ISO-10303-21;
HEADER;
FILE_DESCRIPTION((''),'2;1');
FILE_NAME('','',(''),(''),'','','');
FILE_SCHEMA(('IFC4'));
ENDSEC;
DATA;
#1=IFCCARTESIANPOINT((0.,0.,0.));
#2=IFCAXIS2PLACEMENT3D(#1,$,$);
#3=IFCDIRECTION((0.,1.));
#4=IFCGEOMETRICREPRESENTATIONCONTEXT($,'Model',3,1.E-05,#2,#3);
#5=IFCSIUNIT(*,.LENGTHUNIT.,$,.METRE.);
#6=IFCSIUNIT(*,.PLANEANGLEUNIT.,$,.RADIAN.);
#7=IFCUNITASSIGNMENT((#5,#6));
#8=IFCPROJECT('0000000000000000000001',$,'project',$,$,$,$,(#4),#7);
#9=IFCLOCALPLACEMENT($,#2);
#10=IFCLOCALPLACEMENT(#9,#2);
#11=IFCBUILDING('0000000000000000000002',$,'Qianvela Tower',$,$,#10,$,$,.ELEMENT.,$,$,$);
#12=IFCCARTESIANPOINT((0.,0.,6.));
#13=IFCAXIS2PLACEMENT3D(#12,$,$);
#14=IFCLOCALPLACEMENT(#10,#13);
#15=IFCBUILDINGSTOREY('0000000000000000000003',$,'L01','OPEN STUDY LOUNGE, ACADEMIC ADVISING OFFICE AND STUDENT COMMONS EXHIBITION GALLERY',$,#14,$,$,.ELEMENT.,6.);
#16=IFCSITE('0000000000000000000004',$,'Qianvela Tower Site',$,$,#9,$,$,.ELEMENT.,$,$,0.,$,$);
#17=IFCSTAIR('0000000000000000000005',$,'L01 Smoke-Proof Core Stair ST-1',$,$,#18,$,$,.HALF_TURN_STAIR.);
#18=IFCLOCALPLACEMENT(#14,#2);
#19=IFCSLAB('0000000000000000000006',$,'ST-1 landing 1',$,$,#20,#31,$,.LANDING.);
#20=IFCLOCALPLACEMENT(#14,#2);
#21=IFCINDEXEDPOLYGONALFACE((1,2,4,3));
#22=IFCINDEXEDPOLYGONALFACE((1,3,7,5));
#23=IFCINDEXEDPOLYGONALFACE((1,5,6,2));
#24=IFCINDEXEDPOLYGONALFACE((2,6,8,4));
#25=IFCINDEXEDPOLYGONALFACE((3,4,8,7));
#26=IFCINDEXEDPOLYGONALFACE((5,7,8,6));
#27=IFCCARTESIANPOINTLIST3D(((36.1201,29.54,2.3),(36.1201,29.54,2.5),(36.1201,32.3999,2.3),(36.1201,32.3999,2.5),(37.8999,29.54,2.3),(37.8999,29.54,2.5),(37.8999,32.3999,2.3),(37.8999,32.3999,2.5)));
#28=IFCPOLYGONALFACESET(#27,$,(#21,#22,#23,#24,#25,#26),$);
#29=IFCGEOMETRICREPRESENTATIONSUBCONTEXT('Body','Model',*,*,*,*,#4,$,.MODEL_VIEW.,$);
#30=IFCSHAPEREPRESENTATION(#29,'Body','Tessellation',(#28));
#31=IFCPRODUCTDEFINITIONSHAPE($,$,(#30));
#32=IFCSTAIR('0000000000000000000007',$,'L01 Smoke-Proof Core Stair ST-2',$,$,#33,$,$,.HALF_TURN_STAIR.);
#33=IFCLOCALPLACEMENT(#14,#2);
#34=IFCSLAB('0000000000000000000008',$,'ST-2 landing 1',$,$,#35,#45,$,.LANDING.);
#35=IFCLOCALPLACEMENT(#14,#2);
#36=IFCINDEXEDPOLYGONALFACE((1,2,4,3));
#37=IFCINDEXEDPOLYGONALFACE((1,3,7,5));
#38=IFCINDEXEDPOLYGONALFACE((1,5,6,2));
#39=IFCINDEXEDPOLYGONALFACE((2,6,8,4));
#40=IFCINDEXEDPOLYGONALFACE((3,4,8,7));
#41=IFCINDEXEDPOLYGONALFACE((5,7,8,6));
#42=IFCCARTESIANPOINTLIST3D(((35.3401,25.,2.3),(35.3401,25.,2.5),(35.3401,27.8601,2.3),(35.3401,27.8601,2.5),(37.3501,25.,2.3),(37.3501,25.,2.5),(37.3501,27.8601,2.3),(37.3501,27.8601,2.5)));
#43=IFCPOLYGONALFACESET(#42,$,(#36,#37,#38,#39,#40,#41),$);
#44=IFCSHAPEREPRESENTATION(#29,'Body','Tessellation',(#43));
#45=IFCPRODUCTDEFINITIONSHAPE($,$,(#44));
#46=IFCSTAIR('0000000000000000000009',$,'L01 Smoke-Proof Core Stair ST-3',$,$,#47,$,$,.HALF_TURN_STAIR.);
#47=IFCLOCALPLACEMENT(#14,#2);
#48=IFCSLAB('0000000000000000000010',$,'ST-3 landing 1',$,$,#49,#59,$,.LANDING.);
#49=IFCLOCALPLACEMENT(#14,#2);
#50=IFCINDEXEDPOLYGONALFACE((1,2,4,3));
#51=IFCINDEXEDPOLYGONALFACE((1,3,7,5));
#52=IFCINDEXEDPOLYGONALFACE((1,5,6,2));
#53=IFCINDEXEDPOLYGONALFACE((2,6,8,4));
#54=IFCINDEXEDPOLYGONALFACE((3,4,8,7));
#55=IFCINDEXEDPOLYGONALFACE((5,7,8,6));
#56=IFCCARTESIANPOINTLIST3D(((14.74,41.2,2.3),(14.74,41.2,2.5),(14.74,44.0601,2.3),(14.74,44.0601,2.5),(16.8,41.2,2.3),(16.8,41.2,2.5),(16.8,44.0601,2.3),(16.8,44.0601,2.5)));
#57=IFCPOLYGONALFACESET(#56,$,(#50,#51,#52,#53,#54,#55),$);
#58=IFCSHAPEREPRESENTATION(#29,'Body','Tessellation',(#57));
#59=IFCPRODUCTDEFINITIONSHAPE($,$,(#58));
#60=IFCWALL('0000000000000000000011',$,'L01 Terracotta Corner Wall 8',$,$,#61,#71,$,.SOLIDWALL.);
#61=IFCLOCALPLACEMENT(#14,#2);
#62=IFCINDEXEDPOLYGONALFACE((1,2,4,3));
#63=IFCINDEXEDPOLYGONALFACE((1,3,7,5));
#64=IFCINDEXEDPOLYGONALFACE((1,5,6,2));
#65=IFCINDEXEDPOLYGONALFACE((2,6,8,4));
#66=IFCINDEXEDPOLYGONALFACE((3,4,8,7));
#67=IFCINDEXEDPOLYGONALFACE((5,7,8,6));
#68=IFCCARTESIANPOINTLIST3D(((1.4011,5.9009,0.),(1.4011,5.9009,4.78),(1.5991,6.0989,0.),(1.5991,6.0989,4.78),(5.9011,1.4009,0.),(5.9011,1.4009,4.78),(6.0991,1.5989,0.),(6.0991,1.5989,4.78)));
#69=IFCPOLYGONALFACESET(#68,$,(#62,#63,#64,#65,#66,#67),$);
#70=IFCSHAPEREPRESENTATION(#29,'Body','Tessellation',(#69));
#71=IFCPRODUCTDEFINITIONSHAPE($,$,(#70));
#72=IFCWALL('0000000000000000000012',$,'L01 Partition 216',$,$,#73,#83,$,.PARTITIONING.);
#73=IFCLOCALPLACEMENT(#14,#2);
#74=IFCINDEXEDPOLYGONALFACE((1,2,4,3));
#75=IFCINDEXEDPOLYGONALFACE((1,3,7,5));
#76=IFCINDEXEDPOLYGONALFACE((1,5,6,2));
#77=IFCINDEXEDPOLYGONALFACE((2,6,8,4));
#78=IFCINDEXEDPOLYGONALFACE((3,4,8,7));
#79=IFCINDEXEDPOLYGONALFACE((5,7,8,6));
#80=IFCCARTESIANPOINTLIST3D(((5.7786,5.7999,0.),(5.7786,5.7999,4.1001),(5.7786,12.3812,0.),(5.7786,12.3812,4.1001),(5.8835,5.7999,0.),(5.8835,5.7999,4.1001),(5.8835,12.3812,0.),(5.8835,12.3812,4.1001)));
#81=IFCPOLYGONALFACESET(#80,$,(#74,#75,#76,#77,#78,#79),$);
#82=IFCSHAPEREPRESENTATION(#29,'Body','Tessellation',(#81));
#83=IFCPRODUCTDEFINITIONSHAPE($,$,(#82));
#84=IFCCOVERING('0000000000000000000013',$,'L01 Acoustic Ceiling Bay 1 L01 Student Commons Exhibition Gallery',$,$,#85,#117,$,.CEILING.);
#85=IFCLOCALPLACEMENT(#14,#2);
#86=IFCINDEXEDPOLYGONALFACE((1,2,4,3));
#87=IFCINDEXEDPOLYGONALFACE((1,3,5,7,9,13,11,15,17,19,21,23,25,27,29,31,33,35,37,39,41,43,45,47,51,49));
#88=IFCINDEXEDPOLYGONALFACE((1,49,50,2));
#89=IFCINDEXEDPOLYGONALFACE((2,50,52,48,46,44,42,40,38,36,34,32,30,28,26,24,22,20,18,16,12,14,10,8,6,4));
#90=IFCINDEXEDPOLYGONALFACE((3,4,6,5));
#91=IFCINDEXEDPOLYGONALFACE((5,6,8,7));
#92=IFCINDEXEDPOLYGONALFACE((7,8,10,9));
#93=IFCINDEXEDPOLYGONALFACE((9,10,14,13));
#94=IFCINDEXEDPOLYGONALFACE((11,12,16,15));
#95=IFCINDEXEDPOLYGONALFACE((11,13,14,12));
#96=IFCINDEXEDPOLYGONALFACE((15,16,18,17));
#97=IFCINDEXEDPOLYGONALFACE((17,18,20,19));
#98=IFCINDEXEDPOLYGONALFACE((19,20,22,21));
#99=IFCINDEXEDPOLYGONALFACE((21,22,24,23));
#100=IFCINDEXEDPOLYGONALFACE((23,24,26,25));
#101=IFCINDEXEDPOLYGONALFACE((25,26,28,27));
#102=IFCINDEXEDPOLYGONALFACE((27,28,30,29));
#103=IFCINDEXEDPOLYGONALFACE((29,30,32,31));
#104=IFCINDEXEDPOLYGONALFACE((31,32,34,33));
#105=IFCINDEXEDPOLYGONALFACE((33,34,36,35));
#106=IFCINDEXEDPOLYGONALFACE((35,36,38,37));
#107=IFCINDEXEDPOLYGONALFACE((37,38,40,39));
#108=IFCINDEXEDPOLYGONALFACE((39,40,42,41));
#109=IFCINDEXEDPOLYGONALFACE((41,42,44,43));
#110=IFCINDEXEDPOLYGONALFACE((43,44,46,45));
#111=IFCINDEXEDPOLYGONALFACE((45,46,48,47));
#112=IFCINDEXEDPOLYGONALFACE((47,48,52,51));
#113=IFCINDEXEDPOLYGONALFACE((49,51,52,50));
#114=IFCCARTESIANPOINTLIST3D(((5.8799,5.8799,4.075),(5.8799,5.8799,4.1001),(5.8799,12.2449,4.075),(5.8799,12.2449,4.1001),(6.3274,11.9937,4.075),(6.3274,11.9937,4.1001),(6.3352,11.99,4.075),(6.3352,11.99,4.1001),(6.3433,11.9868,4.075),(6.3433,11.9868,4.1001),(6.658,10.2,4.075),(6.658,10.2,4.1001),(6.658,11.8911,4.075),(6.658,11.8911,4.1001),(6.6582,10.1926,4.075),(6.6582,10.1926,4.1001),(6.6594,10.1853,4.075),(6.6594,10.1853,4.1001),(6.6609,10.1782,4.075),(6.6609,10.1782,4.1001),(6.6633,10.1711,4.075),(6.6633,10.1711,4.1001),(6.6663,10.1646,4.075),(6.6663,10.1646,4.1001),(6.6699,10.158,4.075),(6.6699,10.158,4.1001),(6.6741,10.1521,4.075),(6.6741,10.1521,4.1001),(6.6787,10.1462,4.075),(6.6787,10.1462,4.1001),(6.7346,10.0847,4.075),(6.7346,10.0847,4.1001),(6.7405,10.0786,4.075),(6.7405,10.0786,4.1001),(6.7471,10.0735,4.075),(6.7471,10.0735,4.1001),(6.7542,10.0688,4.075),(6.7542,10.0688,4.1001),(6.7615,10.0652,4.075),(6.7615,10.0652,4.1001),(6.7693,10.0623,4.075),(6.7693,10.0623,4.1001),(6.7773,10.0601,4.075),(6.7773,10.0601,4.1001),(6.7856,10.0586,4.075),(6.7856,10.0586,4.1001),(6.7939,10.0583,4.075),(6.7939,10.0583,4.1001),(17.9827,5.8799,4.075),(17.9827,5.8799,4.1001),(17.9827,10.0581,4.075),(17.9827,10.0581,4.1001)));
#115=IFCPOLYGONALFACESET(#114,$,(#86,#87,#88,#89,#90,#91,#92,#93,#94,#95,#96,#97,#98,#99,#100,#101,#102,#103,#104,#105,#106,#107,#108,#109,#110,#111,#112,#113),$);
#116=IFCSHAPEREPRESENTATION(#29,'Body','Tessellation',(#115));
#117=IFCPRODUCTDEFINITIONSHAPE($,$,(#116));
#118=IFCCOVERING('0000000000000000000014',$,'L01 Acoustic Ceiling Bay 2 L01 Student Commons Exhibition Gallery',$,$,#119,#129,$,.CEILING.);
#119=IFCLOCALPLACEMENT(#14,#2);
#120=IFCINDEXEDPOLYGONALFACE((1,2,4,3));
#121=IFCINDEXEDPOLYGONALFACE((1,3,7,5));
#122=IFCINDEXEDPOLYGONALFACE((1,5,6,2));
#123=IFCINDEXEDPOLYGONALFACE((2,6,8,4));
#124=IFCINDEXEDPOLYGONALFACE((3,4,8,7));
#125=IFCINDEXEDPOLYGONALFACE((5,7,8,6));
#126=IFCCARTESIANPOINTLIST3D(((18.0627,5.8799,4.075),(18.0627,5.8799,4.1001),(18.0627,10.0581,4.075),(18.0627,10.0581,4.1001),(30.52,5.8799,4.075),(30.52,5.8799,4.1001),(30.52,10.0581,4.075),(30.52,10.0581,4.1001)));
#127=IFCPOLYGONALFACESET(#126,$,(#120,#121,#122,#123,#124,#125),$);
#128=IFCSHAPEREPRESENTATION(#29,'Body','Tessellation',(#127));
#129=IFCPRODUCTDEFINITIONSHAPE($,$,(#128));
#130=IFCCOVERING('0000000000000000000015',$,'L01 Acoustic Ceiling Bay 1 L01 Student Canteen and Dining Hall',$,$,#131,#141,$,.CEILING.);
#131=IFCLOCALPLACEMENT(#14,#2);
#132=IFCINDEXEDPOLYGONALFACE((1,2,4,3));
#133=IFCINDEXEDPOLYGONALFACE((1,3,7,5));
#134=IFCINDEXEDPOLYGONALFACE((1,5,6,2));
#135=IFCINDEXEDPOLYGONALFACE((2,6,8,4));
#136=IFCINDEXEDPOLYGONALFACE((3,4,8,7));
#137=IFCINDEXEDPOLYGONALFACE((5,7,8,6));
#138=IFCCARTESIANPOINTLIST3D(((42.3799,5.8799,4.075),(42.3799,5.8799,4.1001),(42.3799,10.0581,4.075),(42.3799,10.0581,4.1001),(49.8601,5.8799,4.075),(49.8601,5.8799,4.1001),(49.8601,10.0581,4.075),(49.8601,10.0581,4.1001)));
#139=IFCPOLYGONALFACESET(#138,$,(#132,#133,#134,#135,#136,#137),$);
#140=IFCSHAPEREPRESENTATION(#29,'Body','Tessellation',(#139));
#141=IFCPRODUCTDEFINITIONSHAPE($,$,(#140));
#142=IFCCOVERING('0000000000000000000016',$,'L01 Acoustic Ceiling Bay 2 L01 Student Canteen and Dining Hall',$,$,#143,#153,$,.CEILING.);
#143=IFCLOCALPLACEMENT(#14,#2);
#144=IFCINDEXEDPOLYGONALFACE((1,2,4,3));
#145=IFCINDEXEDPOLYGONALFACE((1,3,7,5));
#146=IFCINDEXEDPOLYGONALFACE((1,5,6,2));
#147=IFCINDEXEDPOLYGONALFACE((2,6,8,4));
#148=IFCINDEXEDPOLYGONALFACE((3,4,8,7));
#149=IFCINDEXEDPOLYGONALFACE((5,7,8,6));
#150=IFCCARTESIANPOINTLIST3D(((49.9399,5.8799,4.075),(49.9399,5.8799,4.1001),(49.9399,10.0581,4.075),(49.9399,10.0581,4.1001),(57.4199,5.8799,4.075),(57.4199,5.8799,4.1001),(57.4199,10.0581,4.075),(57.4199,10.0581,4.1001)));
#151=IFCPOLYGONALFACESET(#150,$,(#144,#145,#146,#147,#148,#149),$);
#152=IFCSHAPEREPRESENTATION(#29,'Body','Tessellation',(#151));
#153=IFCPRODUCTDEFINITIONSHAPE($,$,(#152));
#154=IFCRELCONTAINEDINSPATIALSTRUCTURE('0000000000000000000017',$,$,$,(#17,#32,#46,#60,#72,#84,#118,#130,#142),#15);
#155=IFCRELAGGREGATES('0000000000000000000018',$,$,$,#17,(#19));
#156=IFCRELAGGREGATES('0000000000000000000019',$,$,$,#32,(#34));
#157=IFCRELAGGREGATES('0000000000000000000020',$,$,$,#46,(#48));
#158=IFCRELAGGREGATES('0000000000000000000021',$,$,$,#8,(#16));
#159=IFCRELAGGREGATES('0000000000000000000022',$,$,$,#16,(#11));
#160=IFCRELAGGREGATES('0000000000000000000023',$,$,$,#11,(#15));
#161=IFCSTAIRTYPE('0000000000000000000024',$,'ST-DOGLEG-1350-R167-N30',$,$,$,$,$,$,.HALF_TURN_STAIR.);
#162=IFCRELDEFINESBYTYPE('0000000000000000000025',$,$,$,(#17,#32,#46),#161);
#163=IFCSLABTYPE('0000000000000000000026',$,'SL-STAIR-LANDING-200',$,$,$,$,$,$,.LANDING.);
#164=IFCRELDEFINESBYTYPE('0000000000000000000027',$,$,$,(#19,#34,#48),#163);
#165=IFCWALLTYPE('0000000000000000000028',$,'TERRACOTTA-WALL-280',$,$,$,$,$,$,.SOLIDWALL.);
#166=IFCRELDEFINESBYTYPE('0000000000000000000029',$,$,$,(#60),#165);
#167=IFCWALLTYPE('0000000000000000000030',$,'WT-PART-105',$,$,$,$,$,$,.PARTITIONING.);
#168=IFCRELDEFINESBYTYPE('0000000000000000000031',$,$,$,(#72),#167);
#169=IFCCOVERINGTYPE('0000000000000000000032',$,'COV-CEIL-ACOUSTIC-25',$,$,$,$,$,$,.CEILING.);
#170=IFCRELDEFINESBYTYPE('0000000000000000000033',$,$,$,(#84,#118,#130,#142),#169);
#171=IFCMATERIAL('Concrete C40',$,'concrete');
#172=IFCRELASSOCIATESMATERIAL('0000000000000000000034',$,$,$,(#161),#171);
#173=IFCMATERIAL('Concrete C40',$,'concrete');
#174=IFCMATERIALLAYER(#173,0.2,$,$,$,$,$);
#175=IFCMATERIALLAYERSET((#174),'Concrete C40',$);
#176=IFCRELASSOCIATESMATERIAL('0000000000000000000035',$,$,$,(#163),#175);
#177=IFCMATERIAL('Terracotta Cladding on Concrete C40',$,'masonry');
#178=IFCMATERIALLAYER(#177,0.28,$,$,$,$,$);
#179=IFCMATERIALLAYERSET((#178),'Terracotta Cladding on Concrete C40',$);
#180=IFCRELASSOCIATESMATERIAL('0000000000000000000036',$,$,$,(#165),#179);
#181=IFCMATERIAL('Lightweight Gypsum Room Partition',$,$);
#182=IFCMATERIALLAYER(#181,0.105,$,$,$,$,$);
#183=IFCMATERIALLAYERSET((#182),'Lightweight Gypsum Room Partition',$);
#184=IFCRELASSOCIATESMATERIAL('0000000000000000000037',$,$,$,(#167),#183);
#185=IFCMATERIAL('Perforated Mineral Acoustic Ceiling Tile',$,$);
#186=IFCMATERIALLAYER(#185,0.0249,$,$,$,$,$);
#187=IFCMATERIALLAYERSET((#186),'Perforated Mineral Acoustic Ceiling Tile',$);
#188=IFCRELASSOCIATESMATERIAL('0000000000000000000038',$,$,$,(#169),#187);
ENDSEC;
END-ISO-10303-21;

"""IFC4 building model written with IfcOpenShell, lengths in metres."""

from ifc_helpers import new_model, si_unit, direction, frame, frame_2d, origin, place, context, subcontext, project, spatial, polyline, rectangle, outline, extrude, material, layer, layer_set, type_object, element, aggregate, save


model = new_model("IFC4")

# Units and contexts
model_context = context("Model", 3, precision=1e-05, world=origin(), true_north=direction((0.0, 1.0)))
body_context = subcontext(model_context, "Body", "Model", "MODEL_VIEW")
ifc_project = project(units=[si_unit("LENGTHUNIT", "METRE"), si_unit("PLANEANGLEUNIT", "RADIAN")], contexts=[model_context])

# Site, building, storey
site_placement = place(None, origin())
site = spatial("IfcSite", under=ifc_project, at=site_placement, Name="Qianvela Tower Site", CompositionType="ELEMENT", RefElevation=0.0)
building_placement = place(site_placement, origin())
building = spatial("IfcBuilding", under=site, at=building_placement, Name="Qianvela Tower", CompositionType="ELEMENT")
storey_placement = place(building_placement, frame((0.0, 0.0, 6.0)))
storey = spatial("IfcBuildingStorey", under=building, at=storey_placement, Name="L01", Description="OPEN STUDY LOUNGE, ACADEMIC ADVISING OFFICE AND STUDENT COMMONS EXHIBITION GALLERY", CompositionType="ELEMENT", Elevation=6.0)

# Stairs, slabs
ifc_material_1 = material(Name="Concrete C40", Category="concrete")
stair_type = type_object("IfcStairType", Name="ST-DOGLEG-1350-R167-N30", PredefinedType="HALF_TURN_STAIR", material=ifc_material_1)
stair_1_placement = place(storey_placement, origin())
stair_1 = element("IfcStair", 1, at=stair_1_placement, inside=storey, type_object=stair_type, Name="L01 Smoke-Proof Core Stair ST-1", PredefinedType="HALF_TURN_STAIR")
ifc_material_2 = material(Name="Concrete C40", Category="concrete")
ifc_layer_1 = layer(ifc_material_2, 0.2)
ifc_layer_set_1 = layer_set([ifc_layer_1], Name="Concrete C40")
slab_type_1 = type_object("IfcSlabType", Name="SL-STAIR-LANDING-200", PredefinedType="LANDING", material=ifc_layer_set_1)
slab_1_placement = place(storey_placement, frame((0.0, 0.0, 2.3)))
slab_1 = element("IfcSlab", 2, at=slab_1_placement, type_object=slab_type_1, Name="ST-1 landing 1", PredefinedType="LANDING", context=body_context, shape_type="SweptSolid", body=[
    extrude(outline(polyline([(36.1201, 29.54), (37.8999, 29.54), (37.8999, 32.3999), (36.1201, 32.3999), (36.1201, 29.54)])), origin(), (0.0, 0.0, 1.0), 0.2),
])
aggregate(stair_1, [slab_1])
stair_2_placement = place(storey_placement, origin())
stair_2 = element("IfcStair", 3, at=stair_2_placement, inside=storey, type_object=stair_type, Name="L01 Smoke-Proof Core Stair ST-2", PredefinedType="HALF_TURN_STAIR")
slab_2_placement = place(storey_placement, frame((0.0, 0.0, 2.3)))
slab_2 = element("IfcSlab", 4, at=slab_2_placement, type_object=slab_type_1, Name="ST-2 landing 1", PredefinedType="LANDING", context=body_context, shape_type="SweptSolid", body=[
    extrude(outline(polyline([(35.3401, 25.0), (37.3501, 25.0), (37.3501, 27.8601), (35.3401, 27.8601), (35.3401, 25.0)])), origin(), (0.0, 0.0, 1.0), 0.2),
])
aggregate(stair_2, [slab_2])
stair_3_placement = place(storey_placement, origin())
stair_3 = element("IfcStair", 5, at=stair_3_placement, inside=storey, type_object=stair_type, Name="L01 Smoke-Proof Core Stair ST-3", PredefinedType="HALF_TURN_STAIR")
slab_3_placement = place(storey_placement, frame((0.0, 0.0, 2.3)))
slab_3 = element("IfcSlab", 6, at=slab_3_placement, type_object=slab_type_1, Name="ST-3 landing 1", PredefinedType="LANDING", context=body_context, shape_type="SweptSolid", body=[
    extrude(outline(polyline([(14.74, 41.2), (16.8, 41.2), (16.8, 44.0601), (14.74, 44.0601), (14.74, 41.2)])), origin(), (0.0, 0.0, 1.0), 0.2),
])
aggregate(stair_3, [slab_3])

# Walls
ifc_material_3 = material(Name="Terracotta Cladding on Concrete C40", Category="masonry")
ifc_layer_2 = layer(ifc_material_3, 0.28)
ifc_layer_set_2 = layer_set([ifc_layer_2], Name="Terracotta Cladding on Concrete C40")
wall_type_1 = type_object("IfcWallType", Name="TERRACOTTA-WALL-280", PredefinedType="SOLIDWALL", material=ifc_layer_set_2)
wall_1_placement = place(storey_placement, frame((1.5, 6.0, 0.0), z_axis=(0.0, 0.0, 1.0), x_axis=(0.707107, -0.707107, 0.0)))
element("IfcWall", 7, at=wall_1_placement, inside=storey, type_object=wall_type_1, Name="L01 Terracotta Corner Wall 8", PredefinedType="SOLIDWALL", context=body_context, shape_type="SweptSolid", body=[
    extrude(rectangle(XDim=6.364, YDim=0.28, at=frame_2d((3.1821, 0.0))), origin(), (0.0, 0.0, 1.0), 4.78),
])
ifc_material_4 = material(Name="Lightweight Gypsum Room Partition")
ifc_layer_3 = layer(ifc_material_4, 0.105)
ifc_layer_set_3 = layer_set([ifc_layer_3], Name="Lightweight Gypsum Room Partition")
wall_type_2 = type_object("IfcWallType", Name="WT-PART-105", PredefinedType="PARTITIONING", material=ifc_layer_set_3)
wall_2_placement = place(storey_placement, frame((5.8311, 5.8, 0.0), z_axis=(0.0, 0.0, 1.0), x_axis=(0.0, 1.0, 0.0)))
element("IfcWall", 8, at=wall_2_placement, inside=storey, type_object=wall_type_2, Name="L01 Partition 216", PredefinedType="PARTITIONING", context=body_context, shape_type="SweptSolid", body=[
    extrude(rectangle(XDim=6.5813, YDim=0.105, at=frame_2d((3.2905, 0.0))), origin(), (0.0, 0.0, 1.0), 4.1001),
])

# Coverings
ifc_material_5 = material(Name="Perforated Mineral Acoustic Ceiling Tile")
ifc_layer_4 = layer(ifc_material_5, 0.0249)
ifc_layer_set_4 = layer_set([ifc_layer_4], Name="Perforated Mineral Acoustic Ceiling Tile")
covering_type_1 = type_object("IfcCoveringType", Name="COV-CEIL-ACOUSTIC-25", PredefinedType="CEILING", material=ifc_layer_set_4)
covering_1_placement = place(storey_placement, frame((0.0, 0.0, 4.075)))
element("IfcCovering", 9, at=covering_1_placement, inside=storey, type_object=covering_type_1, Name="L01 Acoustic Ceiling Bay 1 L01 Student Commons Exhibition Gallery", PredefinedType="CEILING", context=body_context, shape_type="SweptSolid", body=[
    extrude(outline(polyline([(5.8799, 5.8799), (5.8799, 12.2449), (6.3274, 11.9937), (6.3352, 11.99), (6.3433, 11.9868), (6.658, 11.8911), (6.658, 10.2), (6.6582, 10.1926), (6.6594, 10.1853), (6.6609, 10.1782), (6.6633, 10.1711), (6.6663, 10.1646), (6.6699, 10.158), (6.6741, 10.1521), (6.6787, 10.1462), (6.7346, 10.0847), (6.7405, 10.0786), (6.7471, 10.0735), (6.7542, 10.0688), (6.7615, 10.0652), (6.7693, 10.0623), (6.7773, 10.0601), (6.7856, 10.0586), (6.7939, 10.0583), (17.9827, 10.0581), (17.9827, 5.8799), (5.8799, 5.8799)])), origin(), (0.0, 0.0, 1.0), 0.0251),
])
covering_2_placement = place(storey_placement, frame((0.0, 0.0, 4.075)))
element("IfcCovering", 10, at=covering_2_placement, inside=storey, type_object=covering_type_1, Name="L01 Acoustic Ceiling Bay 2 L01 Student Commons Exhibition Gallery", PredefinedType="CEILING", context=body_context, shape_type="SweptSolid", body=[
    extrude(outline(polyline([(18.0627, 5.8799), (18.0627, 10.0581), (30.52, 10.0581), (30.52, 5.8799), (18.0627, 5.8799)])), origin(), (0.0, 0.0, 1.0), 0.0251),
])
covering_3_placement = place(storey_placement, frame((0.0, 0.0, 4.075)))
element("IfcCovering", 11, at=covering_3_placement, inside=storey, type_object=covering_type_1, Name="L01 Acoustic Ceiling Bay 1 L01 Student Canteen and Dining Hall", PredefinedType="CEILING", context=body_context, shape_type="SweptSolid", body=[
    extrude(outline(polyline([(42.3799, 5.8799), (42.3799, 10.0581), (49.8601, 10.0581), (49.8601, 5.8799), (42.3799, 5.8799)])), origin(), (0.0, 0.0, 1.0), 0.0251),
])
covering_4_placement = place(storey_placement, frame((0.0, 0.0, 4.075)))
element("IfcCovering", 12, at=covering_4_placement, inside=storey, type_object=covering_type_1, Name="L01 Acoustic Ceiling Bay 2 L01 Student Canteen and Dining Hall", PredefinedType="CEILING", context=body_context, shape_type="SweptSolid", body=[
    extrude(outline(polyline([(49.9399, 5.8799), (49.9399, 10.0581), (57.4199, 10.0581), (57.4199, 5.8799), (49.9399, 5.8799)])), origin(), (0.0, 0.0, 1.0), 0.0251),
])

save(model, "model.ifc")
